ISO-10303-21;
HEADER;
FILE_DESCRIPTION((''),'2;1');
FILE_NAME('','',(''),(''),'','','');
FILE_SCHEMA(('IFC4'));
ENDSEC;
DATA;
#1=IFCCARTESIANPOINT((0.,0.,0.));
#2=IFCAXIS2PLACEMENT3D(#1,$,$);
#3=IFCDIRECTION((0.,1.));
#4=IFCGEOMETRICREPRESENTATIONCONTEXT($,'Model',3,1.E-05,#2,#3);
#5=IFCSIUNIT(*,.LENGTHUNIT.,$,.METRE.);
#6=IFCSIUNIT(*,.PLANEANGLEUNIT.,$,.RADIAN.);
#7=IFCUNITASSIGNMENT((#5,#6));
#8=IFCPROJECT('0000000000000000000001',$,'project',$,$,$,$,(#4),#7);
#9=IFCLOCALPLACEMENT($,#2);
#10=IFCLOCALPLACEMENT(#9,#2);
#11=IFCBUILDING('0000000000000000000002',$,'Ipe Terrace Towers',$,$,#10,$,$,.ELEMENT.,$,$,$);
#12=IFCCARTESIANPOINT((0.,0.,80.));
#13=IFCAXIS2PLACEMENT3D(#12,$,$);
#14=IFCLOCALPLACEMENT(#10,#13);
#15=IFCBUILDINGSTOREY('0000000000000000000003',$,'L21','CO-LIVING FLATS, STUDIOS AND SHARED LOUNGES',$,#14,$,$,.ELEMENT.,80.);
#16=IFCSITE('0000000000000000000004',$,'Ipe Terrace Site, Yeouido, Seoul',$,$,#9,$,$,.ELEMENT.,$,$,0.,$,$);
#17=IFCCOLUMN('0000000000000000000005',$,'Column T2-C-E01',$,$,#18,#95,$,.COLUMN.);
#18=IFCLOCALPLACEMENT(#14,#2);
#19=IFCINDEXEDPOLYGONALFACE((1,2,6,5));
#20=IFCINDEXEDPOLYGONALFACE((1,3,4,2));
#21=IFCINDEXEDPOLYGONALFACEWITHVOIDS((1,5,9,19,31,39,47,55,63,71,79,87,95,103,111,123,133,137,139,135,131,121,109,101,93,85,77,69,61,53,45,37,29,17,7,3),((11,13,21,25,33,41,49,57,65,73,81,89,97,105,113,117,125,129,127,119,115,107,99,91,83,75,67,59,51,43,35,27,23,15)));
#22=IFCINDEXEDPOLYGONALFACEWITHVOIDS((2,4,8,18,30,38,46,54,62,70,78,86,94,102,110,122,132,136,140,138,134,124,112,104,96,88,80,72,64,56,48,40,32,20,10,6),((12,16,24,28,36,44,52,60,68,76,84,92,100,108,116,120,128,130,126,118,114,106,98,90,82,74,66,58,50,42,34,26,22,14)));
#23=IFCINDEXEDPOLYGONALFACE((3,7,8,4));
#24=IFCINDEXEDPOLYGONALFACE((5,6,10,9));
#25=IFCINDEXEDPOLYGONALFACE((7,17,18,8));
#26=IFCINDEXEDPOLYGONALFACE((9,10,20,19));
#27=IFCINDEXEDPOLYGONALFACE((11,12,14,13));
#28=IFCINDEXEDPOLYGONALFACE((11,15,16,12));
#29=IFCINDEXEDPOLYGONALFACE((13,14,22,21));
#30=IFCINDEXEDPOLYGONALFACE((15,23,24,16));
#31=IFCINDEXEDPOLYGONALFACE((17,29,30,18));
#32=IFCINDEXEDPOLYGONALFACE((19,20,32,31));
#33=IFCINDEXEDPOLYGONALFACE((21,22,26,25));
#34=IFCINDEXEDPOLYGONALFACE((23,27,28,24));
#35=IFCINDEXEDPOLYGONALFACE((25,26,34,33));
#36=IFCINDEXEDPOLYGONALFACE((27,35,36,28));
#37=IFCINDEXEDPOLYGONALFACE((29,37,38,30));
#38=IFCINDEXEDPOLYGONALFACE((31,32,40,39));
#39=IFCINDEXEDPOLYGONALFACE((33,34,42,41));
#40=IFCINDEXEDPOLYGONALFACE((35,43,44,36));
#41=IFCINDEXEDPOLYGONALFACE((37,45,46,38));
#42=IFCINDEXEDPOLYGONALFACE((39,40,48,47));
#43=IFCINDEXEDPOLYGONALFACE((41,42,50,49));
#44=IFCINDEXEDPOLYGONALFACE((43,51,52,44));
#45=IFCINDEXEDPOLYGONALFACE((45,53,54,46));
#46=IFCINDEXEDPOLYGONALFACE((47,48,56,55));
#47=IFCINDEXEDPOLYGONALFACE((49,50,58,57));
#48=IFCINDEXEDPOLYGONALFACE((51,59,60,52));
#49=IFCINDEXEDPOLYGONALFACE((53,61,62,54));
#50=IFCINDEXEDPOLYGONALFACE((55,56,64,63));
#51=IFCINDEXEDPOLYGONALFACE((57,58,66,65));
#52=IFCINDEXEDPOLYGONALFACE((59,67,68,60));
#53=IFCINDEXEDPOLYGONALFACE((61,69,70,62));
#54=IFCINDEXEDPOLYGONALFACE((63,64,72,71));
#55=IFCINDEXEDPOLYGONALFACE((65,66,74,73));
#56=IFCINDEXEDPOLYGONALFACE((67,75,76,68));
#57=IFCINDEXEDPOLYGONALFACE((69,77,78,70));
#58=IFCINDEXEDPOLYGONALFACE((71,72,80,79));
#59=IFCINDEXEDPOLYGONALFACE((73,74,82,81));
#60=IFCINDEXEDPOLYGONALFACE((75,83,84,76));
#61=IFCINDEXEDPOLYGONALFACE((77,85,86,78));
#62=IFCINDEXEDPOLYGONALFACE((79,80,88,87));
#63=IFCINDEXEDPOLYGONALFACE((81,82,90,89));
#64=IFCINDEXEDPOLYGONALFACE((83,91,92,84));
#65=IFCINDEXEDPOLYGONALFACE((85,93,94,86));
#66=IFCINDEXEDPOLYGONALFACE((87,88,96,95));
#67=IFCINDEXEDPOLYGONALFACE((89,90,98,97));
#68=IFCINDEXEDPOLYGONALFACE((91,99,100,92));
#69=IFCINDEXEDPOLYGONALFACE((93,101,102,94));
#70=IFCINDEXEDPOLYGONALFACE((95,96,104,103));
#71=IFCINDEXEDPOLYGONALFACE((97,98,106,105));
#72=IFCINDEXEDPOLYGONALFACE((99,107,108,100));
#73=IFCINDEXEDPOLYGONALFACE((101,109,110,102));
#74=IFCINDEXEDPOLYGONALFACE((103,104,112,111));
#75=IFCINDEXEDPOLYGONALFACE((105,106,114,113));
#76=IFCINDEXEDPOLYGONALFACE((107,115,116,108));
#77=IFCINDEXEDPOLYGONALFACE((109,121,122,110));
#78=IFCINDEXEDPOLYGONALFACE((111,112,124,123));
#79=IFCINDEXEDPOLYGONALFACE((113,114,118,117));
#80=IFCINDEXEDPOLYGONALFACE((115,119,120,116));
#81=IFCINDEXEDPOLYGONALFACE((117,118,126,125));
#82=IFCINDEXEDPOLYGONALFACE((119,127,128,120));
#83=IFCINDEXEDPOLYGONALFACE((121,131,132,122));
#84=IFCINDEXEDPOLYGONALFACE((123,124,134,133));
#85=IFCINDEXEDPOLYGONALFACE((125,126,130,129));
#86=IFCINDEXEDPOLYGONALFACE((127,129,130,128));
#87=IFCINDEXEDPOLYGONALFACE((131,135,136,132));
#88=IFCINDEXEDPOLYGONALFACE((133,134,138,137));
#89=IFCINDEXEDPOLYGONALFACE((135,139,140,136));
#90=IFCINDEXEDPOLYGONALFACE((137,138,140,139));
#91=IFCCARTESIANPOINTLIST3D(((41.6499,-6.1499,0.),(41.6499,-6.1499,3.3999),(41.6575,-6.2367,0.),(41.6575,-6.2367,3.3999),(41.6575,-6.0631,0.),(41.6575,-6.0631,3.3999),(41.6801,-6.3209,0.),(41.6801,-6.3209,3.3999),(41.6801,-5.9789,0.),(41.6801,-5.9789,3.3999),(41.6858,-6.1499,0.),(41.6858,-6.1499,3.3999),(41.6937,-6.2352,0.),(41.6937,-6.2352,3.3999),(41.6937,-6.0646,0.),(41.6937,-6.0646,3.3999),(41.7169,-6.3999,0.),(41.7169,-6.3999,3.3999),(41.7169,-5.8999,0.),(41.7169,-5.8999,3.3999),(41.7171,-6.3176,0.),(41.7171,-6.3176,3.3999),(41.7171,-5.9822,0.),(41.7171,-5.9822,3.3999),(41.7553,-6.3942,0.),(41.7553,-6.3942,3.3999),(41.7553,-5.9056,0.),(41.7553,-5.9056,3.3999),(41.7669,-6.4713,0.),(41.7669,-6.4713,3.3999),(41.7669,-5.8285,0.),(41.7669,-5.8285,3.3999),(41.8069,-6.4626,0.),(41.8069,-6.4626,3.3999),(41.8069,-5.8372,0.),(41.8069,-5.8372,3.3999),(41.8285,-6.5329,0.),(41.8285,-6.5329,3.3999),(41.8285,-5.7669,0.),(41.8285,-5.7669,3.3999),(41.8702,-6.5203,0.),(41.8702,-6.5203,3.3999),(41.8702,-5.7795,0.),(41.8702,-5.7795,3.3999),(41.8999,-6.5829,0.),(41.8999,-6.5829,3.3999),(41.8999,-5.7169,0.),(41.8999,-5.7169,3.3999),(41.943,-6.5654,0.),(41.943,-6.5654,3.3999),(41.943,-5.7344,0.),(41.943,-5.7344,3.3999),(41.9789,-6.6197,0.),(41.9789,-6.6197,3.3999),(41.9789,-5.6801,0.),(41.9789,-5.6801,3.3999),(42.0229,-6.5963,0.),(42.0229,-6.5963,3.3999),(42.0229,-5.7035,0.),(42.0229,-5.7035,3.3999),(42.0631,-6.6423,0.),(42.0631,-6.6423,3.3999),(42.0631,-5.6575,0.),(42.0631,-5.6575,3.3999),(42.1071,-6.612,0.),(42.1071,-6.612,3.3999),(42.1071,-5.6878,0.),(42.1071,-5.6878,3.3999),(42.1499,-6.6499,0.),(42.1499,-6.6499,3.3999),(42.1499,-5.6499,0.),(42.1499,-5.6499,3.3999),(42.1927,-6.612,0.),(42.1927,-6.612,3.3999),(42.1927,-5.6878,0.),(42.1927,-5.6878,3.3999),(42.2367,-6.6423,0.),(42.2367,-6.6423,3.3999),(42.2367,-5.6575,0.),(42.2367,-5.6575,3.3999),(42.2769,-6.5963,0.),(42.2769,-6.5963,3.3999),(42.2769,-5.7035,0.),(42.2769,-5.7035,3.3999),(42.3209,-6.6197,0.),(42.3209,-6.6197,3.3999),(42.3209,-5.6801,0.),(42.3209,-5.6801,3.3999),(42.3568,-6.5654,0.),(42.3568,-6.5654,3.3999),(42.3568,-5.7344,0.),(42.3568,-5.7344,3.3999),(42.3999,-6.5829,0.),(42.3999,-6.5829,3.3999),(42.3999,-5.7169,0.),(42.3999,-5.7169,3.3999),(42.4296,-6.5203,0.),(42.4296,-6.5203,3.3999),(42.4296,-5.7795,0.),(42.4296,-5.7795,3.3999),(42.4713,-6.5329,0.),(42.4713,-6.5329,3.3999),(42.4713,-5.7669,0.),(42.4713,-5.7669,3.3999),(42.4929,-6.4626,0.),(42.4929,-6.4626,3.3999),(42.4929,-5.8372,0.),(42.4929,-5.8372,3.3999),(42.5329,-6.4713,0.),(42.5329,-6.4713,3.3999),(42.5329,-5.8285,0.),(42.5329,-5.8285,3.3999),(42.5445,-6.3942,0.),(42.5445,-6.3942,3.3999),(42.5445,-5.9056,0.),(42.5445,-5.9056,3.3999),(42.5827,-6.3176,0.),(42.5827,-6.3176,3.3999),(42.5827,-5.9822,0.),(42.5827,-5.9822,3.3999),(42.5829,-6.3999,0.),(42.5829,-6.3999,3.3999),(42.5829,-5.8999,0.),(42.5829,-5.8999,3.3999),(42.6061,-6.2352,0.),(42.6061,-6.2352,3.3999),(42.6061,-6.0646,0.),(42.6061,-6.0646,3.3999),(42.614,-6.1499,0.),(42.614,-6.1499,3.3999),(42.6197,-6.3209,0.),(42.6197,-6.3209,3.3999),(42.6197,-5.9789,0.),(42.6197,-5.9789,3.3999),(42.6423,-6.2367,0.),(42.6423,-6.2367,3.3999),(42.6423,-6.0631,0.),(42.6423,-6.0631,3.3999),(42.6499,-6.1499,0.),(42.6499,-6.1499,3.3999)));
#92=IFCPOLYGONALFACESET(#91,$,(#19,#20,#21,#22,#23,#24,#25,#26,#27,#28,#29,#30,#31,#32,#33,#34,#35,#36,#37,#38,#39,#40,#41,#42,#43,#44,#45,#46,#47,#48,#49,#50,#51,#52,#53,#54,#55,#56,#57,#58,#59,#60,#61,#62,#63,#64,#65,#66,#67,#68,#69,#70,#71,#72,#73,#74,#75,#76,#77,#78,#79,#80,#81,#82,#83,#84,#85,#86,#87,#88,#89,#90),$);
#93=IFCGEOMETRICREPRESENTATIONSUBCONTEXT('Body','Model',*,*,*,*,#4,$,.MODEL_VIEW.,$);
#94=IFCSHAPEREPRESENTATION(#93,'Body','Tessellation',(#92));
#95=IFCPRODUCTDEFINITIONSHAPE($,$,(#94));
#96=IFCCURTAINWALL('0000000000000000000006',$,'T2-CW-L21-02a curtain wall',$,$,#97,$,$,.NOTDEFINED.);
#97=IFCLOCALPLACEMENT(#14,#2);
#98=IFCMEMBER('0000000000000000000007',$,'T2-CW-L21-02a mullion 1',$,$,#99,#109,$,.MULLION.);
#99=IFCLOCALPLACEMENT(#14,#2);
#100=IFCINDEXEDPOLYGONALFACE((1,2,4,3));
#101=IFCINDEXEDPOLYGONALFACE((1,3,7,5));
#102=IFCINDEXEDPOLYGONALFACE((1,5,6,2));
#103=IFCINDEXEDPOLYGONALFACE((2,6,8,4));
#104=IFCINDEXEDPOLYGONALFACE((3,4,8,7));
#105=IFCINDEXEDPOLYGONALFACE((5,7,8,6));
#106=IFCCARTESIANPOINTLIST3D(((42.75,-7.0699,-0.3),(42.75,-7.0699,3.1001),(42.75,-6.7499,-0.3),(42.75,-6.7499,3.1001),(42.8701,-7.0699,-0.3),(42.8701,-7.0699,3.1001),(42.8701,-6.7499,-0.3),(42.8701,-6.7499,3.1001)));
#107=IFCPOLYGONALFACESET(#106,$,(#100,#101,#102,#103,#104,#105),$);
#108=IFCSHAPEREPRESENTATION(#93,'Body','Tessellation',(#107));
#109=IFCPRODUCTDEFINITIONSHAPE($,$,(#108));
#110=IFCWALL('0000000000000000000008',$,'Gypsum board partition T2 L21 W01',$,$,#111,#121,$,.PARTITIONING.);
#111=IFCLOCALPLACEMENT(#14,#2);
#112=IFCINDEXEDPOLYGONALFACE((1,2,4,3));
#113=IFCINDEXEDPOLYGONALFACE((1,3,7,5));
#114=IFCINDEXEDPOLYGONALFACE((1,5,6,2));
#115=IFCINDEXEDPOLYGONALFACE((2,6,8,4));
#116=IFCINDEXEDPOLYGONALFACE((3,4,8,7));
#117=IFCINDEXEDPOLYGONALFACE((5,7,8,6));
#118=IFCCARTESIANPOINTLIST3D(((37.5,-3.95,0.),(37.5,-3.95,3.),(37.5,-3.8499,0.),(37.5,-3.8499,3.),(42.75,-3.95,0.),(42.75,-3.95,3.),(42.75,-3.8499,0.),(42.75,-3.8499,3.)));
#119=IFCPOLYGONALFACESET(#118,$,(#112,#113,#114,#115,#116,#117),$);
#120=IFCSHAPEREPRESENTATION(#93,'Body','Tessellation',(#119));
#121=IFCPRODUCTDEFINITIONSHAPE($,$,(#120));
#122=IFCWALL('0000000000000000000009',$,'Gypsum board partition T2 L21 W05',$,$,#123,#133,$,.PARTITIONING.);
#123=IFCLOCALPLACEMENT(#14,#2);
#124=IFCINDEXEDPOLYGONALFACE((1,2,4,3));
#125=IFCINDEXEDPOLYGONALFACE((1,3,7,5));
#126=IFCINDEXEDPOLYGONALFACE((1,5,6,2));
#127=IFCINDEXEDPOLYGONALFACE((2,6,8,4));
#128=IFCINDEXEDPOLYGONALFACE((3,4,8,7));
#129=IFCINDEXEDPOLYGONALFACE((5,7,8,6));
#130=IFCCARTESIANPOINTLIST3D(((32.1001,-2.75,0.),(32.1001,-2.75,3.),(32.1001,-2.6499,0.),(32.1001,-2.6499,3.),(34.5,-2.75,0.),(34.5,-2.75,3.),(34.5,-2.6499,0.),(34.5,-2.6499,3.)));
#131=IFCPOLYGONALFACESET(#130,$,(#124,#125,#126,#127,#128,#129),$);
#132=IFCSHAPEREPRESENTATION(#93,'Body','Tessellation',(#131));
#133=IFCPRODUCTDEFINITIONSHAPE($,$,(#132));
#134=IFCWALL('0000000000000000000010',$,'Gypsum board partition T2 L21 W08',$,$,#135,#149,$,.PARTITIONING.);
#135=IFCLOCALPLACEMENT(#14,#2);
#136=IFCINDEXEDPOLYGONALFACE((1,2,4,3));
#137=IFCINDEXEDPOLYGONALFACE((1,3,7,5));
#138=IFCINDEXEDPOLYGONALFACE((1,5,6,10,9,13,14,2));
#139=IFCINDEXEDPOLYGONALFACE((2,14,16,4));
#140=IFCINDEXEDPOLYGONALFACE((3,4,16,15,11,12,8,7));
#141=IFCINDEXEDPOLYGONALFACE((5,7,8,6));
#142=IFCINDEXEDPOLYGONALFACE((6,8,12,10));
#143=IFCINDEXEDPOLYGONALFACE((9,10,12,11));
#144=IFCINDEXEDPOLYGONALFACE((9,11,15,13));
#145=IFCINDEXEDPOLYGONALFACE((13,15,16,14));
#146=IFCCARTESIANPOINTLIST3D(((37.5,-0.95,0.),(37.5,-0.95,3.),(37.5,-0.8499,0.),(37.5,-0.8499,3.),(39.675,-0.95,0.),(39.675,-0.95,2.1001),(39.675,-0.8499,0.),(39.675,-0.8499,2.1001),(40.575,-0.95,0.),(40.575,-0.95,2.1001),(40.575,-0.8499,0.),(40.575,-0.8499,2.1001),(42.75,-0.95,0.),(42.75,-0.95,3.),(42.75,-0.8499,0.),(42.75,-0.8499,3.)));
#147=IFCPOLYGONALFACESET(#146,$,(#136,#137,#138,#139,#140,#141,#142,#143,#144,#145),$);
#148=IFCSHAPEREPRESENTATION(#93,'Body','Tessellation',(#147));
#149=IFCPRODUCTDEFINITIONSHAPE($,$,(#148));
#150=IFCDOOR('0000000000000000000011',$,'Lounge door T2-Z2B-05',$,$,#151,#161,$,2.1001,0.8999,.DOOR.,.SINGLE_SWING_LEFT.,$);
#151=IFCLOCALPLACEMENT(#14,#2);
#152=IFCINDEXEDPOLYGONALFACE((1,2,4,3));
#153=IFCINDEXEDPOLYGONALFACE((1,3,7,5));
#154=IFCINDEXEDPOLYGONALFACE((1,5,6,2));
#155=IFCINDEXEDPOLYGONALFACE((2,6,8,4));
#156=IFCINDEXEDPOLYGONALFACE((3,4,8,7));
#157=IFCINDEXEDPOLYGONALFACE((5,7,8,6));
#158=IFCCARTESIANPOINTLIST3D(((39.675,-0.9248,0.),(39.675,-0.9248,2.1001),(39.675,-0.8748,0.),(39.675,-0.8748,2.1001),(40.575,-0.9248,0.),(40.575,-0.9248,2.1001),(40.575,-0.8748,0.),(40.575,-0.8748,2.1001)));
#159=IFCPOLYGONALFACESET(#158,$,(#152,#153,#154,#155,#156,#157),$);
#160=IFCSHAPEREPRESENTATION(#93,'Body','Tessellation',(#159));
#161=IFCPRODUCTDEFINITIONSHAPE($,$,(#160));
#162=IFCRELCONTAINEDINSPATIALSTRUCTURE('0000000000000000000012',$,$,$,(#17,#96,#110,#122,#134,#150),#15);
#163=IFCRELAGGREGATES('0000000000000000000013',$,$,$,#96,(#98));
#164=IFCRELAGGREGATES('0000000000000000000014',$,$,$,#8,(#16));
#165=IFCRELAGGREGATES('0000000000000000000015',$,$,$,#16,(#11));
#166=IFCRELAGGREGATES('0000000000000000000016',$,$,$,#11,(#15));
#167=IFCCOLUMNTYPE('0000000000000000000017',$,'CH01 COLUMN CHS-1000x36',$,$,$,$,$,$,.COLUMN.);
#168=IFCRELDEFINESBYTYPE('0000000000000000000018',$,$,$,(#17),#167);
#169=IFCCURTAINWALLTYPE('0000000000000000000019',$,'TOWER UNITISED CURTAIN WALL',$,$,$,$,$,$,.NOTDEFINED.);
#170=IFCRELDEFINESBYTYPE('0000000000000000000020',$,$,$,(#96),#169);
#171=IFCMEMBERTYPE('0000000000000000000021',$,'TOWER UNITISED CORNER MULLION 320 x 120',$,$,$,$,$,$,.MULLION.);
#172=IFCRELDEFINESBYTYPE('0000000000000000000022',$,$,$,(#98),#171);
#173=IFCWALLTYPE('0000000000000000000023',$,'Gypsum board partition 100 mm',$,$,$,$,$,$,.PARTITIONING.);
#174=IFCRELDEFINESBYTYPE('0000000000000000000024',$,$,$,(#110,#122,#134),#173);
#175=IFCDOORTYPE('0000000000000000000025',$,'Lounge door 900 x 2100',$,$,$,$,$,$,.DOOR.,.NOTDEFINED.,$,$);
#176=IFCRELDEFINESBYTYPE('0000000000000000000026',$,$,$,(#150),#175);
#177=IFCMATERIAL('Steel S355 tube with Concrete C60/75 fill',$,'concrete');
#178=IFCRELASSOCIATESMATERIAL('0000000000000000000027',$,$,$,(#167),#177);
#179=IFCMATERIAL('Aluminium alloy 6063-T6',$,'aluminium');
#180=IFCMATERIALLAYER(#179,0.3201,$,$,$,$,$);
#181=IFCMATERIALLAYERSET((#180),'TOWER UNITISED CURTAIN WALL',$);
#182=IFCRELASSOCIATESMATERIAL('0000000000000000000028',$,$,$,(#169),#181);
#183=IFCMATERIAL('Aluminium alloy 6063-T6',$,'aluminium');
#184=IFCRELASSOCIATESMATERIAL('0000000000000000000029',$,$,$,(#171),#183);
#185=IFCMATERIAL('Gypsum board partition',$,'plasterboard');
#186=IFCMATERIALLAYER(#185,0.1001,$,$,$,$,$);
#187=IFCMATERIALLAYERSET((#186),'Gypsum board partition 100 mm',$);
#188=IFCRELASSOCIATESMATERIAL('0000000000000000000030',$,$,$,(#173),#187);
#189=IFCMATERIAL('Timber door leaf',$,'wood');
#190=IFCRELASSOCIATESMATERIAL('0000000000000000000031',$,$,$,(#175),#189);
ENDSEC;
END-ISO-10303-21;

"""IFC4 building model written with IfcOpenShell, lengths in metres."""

from ifc_helpers import new_model, si_unit, direction, frame, frame_2d, origin, origin_2d, place, context, subcontext, project, spatial, rectangle, hollow_circle, extrude, material, layer, layer_set, material_profile, profile_set, type_object, element, fill, aggregate, save


model = new_model("IFC4")

# Units and contexts
model_context = context("Model", 3, precision=1e-05, world=origin(), true_north=direction((0.0, 1.0)))
body_context = subcontext(model_context, "Body", "Model", "MODEL_VIEW")
ifc_project = project(units=[si_unit("LENGTHUNIT", "METRE"), si_unit("PLANEANGLEUNIT", "RADIAN")], contexts=[model_context])

# Site, building, storey
site_placement = place(None, origin())
site = spatial("IfcSite", under=ifc_project, at=site_placement, Name="Ipe Terrace Site, Yeouido, Seoul", CompositionType="ELEMENT", RefElevation=0.0)
building_placement = place(site_placement, origin())
building = spatial("IfcBuilding", under=site, at=building_placement, Name="Ipe Terrace Towers", CompositionType="ELEMENT")
storey_placement = place(building_placement, frame((0.0, 0.0, 80.0)))
storey = spatial("IfcBuildingStorey", under=building, at=storey_placement, Name="L21", Description="CO-LIVING FLATS, STUDIOS AND SHARED LOUNGES", CompositionType="ELEMENT", Elevation=80.0)

# Column
ifc_material_1 = material(Name="Steel S355 tube with Concrete C60/75 fill", Category="concrete")
ifc_material_profile_1 = material_profile(ifc_material_1, hollow_circle(Radius=0.5, WallThickness=0.0359, at=origin_2d()), Name="CHS-1000x36")
ifc_profile_set_1 = profile_set([ifc_material_profile_1], Name="Steel S355 tube with Concrete C60/75 fill")
column_type = type_object("IfcColumnType", Name="CH01 COLUMN CHS-1000x36", PredefinedType="COLUMN", material=ifc_profile_set_1)
column_placement = place(storey_placement, frame((42.1499, -6.1499, 0.0), z_axis=(0.0, 0.0, 1.0), x_axis=(1.0, 0.0, 0.0)))
element("IfcColumn", 1, at=column_placement, inside=storey, type_object=column_type, Name="Column T2-C-E01", PredefinedType="COLUMN", context=body_context, shape_type="SweptSolid", body=[
    extrude(hollow_circle(Radius=0.5, WallThickness=0.0359, at=origin_2d()), origin(), (0.0, 0.0, 1.0), 3.3999),
])

# Curtain wall, member
ifc_material_2 = material(Name="Aluminium alloy 6063-T6", Category="aluminium")
ifc_layer_1 = layer(ifc_material_2, 0.3201)
ifc_layer_set_1 = layer_set([ifc_layer_1], Name="TOWER UNITISED CURTAIN WALL")
curtain_wall_type = type_object("IfcCurtainWallType", Name="TOWER UNITISED CURTAIN WALL", PredefinedType="NOTDEFINED", material=ifc_layer_set_1)
curtain_wall_placement = place(storey_placement, origin())
curtain_wall = element("IfcCurtainWall", 2, at=curtain_wall_placement, inside=storey, type_object=curtain_wall_type, Name="T2-CW-L21-02a curtain wall", PredefinedType="NOTDEFINED")
ifc_material_3 = material(Name="Aluminium alloy 6063-T6", Category="aluminium")
ifc_material_profile_2 = material_profile(ifc_material_3, rectangle(XDim=0.3201, YDim=0.1201, at=origin_2d()), Name="TOWER UNITISED CORNER MULLION 320 x 120")
ifc_profile_set_2 = profile_set([ifc_material_profile_2], Name="Aluminium alloy 6063-T6")
member_type = type_object("IfcMemberType", Name="TOWER UNITISED CORNER MULLION 320 x 120", PredefinedType="MULLION", material=ifc_profile_set_2)
member_placement = place(storey_placement, frame((42.8101, -6.9099, -0.3), z_axis=(0.0, 0.0, 1.0), x_axis=(0.0, -1.0, 0.0)))
member = element("IfcMember", 3, at=member_placement, type_object=member_type, Name="T2-CW-L21-02a mullion 1", PredefinedType="MULLION", context=body_context, shape_type="SweptSolid", body=[
    extrude(rectangle(XDim=0.3201, YDim=0.1201, at=origin_2d()), origin(), (0.0, 0.0, 1.0), 3.4001),
])
aggregate(curtain_wall, [member])

# Walls
ifc_material_4 = material(Name="Gypsum board partition", Category="plasterboard")
ifc_layer_2 = layer(ifc_material_4, 0.1001)
ifc_layer_set_2 = layer_set([ifc_layer_2], Name="Gypsum board partition 100 mm")
wall_type_1 = type_object("IfcWallType", Name="Gypsum board partition 100 mm", PredefinedType="PARTITIONING", material=ifc_layer_set_2)
wall_1_placement = place(storey_placement, frame((42.75, -3.8999, 0.0), z_axis=(0.0, 0.0, 1.0), x_axis=(-1.0, 0.0, 0.0)))
element("IfcWall", 4, at=wall_1_placement, inside=storey, type_object=wall_type_1, Name="Gypsum board partition T2 L21 W01", PredefinedType="PARTITIONING", context=body_context, shape_type="SweptSolid", body=[
    extrude(rectangle(XDim=5.25, YDim=0.1001, at=frame_2d((2.625, 0.0))), origin(), (0.0, 0.0, 1.0), 3.0),
])
wall_2_placement = place(storey_placement, frame((34.5, -2.7, 0.0), z_axis=(0.0, 0.0, 1.0), x_axis=(-1.0, 0.0, 0.0)))
element("IfcWall", 5, at=wall_2_placement, inside=storey, type_object=wall_type_1, Name="Gypsum board partition T2 L21 W05", PredefinedType="PARTITIONING", context=body_context, shape_type="SweptSolid", body=[
    extrude(rectangle(XDim=2.3999, YDim=0.1001, at=frame_2d((1.2, 0.0))), origin(), (0.0, 0.0, 1.0), 3.0),
])

# Wall, opening, door
wall_3_placement = place(storey_placement, frame((42.75, -0.8999, 0.0), z_axis=(0.0, 0.0, 1.0), x_axis=(-1.0, 0.0, 0.0)))
wall_3 = element("IfcWall", 6, at=wall_3_placement, inside=storey, type_object=wall_type_1, Name="Gypsum board partition T2 L21 W08", PredefinedType="PARTITIONING", context=body_context, shape_type="SweptSolid", body=[
    extrude(rectangle(XDim=5.25, YDim=0.1001, at=frame_2d((2.625, 0.0))), origin(), (0.0, 0.0, 1.0), 3.0),
])
opening_1_placement = place(wall_3_placement, frame((2.175, 0.0, 0.0)))
opening_1 = element("IfcOpeningElement", 7, at=opening_1_placement, cuts=wall_3, PredefinedType="OPENING", context=body_context, shape_type="SweptSolid", body=[
    extrude(rectangle(XDim=0.8999, YDim=2.1001, at=frame_2d((0.45, 1.05))), frame((0.0, 0.0601, 0.0), z_axis=(0.0, -1.0, 0.0), x_axis=(1.0, 0.0, 0.0)), (0.0, 0.0, 1.0), 0.1201),
])
ifc_material_5 = material(Name="Timber door leaf", Category="wood")
door_type_1 = type_object("IfcDoorType", Name="Lounge door 900 x 2100", OperationType="NOTDEFINED", PredefinedType="DOOR", material=ifc_material_5)
door_1_placement = place(opening_1_placement, origin())
door_1 = element("IfcDoor", 8, at=door_1_placement, inside=storey, type_object=door_type_1, Name="Lounge door T2-Z2B-05", OperationType="SINGLE_SWING_LEFT", OverallHeight=2.1001, OverallWidth=0.8999, PredefinedType="DOOR", context=body_context, shape_type="SweptSolid", body=[
    extrude(rectangle(XDim=0.8999, YDim=2.1001, at=frame_2d((0.45, 1.05))), frame((0.0, 0.0249, 0.0), z_axis=(0.0, -1.0, 0.0), x_axis=(1.0, 0.0, 0.0)), (0.0, 0.0, 1.0), 0.05),
])
fill(opening_1, door_1)

save(model, "model.ifc")
